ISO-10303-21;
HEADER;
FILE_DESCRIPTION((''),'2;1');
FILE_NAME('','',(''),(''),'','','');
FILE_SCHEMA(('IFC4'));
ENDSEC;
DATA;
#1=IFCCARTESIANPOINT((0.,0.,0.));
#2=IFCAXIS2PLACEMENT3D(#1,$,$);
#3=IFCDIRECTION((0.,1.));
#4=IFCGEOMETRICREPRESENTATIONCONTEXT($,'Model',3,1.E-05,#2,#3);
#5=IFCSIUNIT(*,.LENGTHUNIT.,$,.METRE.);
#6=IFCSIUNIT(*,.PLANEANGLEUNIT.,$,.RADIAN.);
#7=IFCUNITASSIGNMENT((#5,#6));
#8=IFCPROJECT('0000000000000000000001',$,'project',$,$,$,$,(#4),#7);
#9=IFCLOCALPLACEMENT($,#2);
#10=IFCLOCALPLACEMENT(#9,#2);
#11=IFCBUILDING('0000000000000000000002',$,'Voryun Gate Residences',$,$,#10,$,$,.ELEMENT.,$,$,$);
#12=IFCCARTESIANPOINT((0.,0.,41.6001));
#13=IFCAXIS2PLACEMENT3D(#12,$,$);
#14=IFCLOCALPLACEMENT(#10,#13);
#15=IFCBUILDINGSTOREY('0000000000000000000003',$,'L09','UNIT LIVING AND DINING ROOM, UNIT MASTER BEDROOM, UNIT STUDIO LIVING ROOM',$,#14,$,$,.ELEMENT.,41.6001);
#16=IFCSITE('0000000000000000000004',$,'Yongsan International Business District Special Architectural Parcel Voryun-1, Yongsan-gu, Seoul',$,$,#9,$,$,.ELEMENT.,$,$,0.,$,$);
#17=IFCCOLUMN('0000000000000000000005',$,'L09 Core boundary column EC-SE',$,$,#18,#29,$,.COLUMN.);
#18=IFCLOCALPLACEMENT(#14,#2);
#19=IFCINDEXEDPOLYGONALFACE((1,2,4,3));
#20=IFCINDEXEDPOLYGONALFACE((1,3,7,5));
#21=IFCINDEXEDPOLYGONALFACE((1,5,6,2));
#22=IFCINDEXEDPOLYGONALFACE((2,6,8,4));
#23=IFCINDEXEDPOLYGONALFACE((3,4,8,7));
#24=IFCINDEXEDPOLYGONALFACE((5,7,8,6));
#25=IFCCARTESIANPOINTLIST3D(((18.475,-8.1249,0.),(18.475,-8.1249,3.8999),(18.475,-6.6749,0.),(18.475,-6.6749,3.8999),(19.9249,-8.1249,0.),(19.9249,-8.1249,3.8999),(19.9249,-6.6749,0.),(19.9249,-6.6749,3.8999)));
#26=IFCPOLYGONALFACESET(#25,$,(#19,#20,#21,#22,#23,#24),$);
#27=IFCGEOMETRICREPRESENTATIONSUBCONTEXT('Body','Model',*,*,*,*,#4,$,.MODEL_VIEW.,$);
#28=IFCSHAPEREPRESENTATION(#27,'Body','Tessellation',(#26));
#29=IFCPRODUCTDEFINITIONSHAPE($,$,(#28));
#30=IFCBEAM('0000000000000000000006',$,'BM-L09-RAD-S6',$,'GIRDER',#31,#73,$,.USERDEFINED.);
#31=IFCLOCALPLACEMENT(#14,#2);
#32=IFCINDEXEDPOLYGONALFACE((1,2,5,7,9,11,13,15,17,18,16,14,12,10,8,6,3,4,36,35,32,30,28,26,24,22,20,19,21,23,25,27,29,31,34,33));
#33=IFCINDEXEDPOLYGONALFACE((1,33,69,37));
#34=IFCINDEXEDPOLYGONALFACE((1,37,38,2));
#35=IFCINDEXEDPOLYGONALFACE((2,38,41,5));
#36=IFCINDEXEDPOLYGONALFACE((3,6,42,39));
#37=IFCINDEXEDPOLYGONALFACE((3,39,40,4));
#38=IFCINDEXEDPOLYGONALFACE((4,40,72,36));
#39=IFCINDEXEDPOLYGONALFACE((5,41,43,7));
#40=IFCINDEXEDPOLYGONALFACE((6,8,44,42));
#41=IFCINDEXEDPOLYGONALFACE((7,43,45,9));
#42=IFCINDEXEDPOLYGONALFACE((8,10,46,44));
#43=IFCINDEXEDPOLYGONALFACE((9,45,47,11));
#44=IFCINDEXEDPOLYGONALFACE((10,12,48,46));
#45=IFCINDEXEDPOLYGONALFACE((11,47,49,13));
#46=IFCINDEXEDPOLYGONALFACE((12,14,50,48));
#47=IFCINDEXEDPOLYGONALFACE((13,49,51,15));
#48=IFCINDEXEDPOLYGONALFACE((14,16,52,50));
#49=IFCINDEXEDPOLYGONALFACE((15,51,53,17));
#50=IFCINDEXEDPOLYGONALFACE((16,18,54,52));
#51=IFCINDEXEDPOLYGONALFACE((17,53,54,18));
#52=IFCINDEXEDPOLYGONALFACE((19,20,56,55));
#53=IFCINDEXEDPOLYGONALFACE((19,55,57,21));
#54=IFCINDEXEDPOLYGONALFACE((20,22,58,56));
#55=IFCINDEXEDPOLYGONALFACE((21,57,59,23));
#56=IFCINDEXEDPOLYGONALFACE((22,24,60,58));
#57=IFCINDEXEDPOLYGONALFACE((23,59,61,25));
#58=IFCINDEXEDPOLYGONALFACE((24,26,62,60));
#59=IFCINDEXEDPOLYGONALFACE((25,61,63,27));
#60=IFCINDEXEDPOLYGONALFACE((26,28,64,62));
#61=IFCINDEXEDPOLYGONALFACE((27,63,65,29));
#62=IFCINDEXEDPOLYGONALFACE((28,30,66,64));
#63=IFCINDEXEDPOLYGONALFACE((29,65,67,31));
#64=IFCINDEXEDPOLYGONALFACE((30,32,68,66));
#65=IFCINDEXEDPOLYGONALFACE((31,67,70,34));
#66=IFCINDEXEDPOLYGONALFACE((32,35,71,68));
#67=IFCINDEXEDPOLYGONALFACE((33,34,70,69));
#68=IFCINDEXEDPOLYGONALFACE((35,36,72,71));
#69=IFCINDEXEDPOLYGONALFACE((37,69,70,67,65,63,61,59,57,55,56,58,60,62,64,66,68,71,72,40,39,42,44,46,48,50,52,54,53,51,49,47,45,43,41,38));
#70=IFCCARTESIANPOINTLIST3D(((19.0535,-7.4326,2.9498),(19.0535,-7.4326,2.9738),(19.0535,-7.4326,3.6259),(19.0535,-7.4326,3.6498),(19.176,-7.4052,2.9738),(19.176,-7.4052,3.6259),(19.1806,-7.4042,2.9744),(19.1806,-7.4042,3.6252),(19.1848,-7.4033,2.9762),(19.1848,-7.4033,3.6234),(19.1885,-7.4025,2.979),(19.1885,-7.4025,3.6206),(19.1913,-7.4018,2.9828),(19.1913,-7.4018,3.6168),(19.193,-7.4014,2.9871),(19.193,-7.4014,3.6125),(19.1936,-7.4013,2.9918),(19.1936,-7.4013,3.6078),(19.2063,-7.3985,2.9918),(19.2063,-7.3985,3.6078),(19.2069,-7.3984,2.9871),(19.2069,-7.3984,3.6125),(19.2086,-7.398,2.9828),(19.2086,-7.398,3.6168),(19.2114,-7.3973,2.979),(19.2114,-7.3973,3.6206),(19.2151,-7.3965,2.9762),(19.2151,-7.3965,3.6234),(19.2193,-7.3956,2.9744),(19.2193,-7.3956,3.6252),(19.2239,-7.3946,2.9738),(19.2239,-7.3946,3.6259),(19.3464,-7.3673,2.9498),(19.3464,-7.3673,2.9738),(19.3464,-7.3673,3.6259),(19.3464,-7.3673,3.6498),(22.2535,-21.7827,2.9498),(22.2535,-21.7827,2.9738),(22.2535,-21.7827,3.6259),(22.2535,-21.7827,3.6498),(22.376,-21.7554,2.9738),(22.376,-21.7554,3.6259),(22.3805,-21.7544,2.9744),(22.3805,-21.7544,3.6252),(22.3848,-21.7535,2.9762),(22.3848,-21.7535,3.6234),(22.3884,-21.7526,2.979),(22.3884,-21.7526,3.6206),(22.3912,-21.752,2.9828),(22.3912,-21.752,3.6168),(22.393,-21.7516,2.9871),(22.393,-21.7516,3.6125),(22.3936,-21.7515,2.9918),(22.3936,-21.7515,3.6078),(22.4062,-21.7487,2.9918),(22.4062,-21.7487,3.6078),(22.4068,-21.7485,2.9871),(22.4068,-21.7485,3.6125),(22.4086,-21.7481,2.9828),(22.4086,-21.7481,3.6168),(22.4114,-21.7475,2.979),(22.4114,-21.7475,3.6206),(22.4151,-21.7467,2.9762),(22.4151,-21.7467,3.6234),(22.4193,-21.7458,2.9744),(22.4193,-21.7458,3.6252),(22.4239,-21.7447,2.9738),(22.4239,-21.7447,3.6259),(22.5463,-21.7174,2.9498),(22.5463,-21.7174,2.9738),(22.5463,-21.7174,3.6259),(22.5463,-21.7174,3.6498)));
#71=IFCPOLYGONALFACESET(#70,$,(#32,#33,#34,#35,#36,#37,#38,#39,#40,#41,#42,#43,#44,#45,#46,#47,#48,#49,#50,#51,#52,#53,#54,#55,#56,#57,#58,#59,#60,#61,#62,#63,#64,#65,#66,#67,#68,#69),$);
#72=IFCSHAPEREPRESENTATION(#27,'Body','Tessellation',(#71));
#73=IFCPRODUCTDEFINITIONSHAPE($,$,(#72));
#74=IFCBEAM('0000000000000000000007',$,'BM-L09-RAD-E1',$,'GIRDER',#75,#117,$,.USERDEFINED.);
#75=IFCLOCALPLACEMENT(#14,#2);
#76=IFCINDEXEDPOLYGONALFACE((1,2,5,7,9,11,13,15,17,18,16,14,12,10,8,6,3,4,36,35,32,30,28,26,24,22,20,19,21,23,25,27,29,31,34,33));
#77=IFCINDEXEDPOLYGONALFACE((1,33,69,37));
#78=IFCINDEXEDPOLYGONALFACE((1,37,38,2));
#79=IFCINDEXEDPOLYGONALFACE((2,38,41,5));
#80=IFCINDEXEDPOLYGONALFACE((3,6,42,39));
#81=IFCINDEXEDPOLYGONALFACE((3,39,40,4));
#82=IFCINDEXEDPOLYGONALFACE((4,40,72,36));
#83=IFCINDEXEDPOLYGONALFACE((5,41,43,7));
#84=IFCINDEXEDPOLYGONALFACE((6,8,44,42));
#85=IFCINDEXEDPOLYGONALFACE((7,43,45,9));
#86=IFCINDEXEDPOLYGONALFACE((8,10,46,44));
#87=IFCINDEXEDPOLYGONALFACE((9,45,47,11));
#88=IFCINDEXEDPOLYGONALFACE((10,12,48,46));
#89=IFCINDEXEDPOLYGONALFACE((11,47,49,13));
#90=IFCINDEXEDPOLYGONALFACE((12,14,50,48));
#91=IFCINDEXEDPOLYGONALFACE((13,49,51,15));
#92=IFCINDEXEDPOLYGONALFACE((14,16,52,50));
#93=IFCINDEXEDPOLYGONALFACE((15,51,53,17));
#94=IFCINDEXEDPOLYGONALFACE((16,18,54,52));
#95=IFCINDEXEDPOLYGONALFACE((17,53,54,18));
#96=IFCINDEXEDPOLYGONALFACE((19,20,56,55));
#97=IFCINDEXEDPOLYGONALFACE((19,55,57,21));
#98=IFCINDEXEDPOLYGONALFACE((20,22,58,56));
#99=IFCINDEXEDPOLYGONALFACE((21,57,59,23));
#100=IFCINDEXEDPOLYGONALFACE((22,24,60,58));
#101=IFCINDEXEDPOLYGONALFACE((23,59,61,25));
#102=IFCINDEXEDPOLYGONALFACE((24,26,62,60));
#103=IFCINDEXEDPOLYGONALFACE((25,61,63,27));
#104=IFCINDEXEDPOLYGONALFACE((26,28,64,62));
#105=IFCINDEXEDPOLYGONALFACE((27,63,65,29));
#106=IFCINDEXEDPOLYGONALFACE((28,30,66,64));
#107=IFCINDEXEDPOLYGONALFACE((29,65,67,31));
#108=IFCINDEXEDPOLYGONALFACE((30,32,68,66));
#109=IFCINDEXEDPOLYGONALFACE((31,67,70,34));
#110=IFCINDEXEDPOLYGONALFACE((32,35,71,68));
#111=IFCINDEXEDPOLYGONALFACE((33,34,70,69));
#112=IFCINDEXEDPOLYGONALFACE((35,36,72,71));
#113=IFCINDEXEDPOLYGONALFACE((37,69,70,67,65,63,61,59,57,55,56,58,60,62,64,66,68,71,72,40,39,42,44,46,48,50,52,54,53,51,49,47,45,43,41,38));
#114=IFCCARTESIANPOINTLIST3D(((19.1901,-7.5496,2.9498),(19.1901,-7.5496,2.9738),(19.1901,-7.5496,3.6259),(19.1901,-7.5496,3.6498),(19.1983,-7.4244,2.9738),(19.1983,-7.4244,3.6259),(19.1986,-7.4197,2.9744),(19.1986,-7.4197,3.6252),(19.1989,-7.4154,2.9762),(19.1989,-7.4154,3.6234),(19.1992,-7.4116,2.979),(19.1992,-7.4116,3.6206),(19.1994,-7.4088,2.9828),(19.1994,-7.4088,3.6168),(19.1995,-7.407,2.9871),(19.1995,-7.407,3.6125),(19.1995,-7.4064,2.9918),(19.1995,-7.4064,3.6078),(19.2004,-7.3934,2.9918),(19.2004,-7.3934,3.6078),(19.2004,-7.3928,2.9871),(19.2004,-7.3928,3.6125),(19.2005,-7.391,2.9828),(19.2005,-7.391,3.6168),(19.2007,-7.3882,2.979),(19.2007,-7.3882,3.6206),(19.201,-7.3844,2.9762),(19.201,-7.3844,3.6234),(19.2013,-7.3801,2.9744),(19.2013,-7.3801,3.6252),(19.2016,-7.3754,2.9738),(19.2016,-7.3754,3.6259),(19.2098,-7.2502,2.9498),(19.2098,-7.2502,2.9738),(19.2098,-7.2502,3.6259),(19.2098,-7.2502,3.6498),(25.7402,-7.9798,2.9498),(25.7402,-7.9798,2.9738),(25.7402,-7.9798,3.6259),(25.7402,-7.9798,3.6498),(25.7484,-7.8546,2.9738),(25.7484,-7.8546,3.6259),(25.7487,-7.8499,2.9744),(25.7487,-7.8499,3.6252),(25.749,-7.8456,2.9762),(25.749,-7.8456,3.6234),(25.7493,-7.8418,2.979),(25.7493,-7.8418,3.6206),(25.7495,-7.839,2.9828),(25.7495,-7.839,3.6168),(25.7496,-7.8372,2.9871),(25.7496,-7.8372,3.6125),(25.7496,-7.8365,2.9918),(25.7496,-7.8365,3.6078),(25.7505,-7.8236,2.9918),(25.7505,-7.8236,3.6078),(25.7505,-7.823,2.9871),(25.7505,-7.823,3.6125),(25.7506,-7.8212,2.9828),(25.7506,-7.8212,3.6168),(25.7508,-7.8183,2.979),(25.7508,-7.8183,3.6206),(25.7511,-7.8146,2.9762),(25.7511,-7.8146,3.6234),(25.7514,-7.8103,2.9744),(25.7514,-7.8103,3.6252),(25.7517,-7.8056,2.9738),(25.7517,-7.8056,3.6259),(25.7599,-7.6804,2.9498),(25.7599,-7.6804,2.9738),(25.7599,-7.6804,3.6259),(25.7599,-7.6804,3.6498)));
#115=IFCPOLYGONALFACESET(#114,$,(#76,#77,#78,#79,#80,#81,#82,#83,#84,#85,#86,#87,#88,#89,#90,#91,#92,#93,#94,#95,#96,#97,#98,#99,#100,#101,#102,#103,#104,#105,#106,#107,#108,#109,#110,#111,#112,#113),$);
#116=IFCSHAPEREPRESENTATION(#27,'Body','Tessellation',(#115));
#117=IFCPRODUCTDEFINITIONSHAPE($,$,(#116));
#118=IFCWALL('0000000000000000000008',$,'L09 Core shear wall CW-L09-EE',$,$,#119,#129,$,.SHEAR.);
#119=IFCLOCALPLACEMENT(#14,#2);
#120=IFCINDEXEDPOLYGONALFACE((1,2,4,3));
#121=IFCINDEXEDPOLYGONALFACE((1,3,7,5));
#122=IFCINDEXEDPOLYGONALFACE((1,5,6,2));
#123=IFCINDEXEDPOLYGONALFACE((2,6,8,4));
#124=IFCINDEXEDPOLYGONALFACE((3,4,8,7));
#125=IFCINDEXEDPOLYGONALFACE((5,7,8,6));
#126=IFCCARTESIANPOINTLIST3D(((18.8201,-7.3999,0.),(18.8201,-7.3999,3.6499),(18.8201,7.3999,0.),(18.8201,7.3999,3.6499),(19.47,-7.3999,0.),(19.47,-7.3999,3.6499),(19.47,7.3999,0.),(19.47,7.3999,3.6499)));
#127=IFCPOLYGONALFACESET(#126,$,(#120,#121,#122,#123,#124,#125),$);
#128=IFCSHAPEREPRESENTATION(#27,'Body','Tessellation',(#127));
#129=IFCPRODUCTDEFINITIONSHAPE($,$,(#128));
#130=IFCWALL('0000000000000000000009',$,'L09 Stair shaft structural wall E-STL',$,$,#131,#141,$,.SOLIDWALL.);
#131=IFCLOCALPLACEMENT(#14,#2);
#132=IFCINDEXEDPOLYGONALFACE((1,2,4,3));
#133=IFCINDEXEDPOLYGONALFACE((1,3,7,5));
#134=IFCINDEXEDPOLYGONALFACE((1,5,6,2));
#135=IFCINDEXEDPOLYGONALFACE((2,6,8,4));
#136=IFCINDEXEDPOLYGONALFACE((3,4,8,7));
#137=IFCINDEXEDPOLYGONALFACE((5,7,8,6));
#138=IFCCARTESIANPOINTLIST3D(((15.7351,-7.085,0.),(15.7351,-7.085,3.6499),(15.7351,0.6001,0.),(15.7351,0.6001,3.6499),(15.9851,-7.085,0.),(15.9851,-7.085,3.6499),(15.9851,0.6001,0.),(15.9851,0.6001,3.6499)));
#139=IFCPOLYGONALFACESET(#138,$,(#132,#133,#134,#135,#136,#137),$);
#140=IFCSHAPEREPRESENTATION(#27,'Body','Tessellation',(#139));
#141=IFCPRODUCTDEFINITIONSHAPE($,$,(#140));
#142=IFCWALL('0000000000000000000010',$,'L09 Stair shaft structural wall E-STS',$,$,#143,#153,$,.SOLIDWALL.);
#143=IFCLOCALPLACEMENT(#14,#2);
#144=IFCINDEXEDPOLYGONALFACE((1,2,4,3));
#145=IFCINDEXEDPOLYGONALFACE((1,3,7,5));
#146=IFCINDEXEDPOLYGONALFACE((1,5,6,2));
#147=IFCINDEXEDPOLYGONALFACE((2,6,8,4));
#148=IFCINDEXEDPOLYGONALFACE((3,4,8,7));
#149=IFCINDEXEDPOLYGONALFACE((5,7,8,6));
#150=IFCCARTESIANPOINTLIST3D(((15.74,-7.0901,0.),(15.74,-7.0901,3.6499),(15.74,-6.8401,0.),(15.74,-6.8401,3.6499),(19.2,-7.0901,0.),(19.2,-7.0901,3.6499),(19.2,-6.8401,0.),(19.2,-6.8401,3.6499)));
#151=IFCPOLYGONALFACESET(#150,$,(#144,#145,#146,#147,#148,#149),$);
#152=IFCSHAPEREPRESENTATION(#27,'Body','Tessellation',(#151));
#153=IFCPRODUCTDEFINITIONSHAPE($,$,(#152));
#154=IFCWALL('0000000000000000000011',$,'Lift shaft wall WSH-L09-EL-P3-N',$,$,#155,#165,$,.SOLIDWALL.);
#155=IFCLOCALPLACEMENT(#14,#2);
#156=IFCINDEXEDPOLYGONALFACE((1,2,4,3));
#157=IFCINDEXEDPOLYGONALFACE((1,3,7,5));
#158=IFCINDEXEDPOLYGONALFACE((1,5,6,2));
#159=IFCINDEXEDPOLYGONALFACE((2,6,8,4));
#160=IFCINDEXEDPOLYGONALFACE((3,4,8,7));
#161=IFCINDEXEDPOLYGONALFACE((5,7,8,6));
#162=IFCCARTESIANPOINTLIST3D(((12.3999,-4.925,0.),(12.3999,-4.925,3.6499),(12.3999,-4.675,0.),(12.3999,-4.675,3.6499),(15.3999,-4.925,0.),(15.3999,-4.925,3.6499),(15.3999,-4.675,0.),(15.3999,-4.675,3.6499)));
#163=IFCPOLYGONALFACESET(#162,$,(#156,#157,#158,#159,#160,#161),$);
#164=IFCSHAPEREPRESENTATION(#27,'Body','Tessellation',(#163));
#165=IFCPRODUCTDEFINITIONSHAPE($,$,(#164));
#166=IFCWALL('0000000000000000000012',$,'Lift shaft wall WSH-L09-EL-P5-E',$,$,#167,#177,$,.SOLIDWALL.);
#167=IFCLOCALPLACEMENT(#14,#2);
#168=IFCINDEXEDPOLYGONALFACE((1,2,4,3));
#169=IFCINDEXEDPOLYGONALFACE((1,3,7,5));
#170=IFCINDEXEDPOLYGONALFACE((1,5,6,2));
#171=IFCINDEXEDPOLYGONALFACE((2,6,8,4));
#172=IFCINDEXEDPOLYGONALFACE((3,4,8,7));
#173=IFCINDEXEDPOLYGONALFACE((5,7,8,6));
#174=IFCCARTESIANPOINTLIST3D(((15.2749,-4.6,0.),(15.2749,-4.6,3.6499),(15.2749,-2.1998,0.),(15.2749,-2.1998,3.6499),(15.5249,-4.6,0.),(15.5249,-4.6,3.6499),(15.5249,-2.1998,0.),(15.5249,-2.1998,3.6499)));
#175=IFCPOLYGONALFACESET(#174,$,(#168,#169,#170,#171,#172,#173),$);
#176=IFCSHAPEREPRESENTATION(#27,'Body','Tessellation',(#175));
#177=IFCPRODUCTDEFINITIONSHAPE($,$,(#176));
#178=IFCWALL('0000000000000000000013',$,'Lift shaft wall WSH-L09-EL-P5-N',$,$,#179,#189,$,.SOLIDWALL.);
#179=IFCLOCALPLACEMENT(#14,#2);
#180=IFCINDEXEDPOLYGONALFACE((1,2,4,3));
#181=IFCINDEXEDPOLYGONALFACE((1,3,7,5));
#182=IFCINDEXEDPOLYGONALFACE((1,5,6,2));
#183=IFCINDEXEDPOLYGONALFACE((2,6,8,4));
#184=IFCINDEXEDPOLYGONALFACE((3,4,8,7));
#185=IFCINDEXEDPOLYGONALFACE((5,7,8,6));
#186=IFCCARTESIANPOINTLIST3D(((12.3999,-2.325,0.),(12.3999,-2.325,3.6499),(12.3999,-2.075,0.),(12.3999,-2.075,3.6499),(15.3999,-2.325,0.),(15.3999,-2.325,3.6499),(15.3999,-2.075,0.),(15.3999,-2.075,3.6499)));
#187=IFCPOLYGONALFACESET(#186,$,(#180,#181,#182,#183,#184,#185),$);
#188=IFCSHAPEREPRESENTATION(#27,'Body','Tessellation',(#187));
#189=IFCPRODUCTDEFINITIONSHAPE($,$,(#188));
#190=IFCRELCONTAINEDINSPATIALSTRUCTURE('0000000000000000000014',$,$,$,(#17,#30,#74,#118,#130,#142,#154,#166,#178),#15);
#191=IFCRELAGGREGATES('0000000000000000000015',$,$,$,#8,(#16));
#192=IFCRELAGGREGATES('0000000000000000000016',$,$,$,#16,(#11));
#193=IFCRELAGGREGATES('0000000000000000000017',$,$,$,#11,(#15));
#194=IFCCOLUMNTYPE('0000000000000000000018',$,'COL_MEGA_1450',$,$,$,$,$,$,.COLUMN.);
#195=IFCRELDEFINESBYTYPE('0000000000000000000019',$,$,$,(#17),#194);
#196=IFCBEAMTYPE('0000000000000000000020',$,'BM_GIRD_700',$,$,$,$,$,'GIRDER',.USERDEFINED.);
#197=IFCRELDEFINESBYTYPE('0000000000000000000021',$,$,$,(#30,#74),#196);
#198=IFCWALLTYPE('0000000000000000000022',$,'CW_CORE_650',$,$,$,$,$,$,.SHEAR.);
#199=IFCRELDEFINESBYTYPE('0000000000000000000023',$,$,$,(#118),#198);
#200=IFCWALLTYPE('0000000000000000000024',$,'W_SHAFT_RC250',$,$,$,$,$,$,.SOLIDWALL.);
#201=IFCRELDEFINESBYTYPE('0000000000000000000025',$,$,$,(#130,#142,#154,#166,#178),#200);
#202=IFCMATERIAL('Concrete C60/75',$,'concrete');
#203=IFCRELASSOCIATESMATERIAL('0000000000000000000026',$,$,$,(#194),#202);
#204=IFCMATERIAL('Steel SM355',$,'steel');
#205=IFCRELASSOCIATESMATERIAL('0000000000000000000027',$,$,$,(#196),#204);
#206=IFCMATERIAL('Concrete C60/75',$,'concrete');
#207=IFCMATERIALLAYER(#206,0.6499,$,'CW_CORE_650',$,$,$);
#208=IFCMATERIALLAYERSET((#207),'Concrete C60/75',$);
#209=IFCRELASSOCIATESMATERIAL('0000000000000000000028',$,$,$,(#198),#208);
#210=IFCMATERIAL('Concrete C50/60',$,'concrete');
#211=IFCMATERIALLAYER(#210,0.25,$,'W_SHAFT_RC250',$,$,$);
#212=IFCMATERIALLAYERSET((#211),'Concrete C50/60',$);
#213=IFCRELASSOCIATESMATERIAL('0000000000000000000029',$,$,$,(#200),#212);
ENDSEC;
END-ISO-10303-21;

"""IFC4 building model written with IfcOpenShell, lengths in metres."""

from ifc_helpers import new_model, si_unit, direction, frame, frame_2d, origin, origin_2d, place, context, subcontext, project, spatial, rectangle, i_section, extrude, material, layer, layer_set, material_profile, profile_set, type_object, element, save


model = new_model("IFC4")

# Units and contexts
model_context = context("Model", 3, precision=1e-05, world=origin(), true_north=direction((0.0, 1.0)))
body_context = subcontext(model_context, "Body", "Model", "MODEL_VIEW")
ifc_project = project(units=[si_unit("LENGTHUNIT", "METRE"), si_unit("PLANEANGLEUNIT", "RADIAN")], contexts=[model_context])

# Site, building, storey
site_placement = place(None, origin())
site = spatial("IfcSite", under=ifc_project, at=site_placement, Name="Yongsan International Business District Special Architectural Parcel Voryun-1, Yongsan-gu, Seoul", CompositionType="ELEMENT", RefElevation=0.0)
building_placement = place(site_placement, origin())
building = spatial("IfcBuilding", under=site, at=building_placement, Name="Voryun Gate Residences", CompositionType="ELEMENT")
storey_placement = place(building_placement, frame((0.0, 0.0, 41.6001)))
storey = spatial("IfcBuildingStorey", under=building, at=storey_placement, Name="L09", Description="UNIT LIVING AND DINING ROOM, UNIT MASTER BEDROOM, UNIT STUDIO LIVING ROOM", CompositionType="ELEMENT", Elevation=41.6001)

# Column
ifc_material_1 = material(Name="Concrete C60/75", Category="concrete")
ifc_material_profile_1 = material_profile(ifc_material_1, rectangle(XDim=1.45, YDim=1.45, at=origin_2d()), Name="RC-1450x1450")
ifc_profile_set_1 = profile_set([ifc_material_profile_1], Name="Concrete C60/75")
column_type = type_object("IfcColumnType", Name="COL_MEGA_1450", PredefinedType="COLUMN", material=ifc_profile_set_1)
column_placement = place(storey_placement, frame((19.2, -7.3999, 0.0), z_axis=(0.0, 0.0, 1.0), x_axis=(1.0, 0.0, 0.0)))
element("IfcColumn", 1, at=column_placement, inside=storey, type_object=column_type, Name="L09 Core boundary column EC-SE", PredefinedType="COLUMN", context=body_context, shape_type="SweptSolid", body=[
    extrude(rectangle(XDim=1.45, YDim=1.45, at=origin_2d()), origin(), (0.0, 0.0, 1.0), 3.8999),
])

# Beams
ifc_material_2 = material(Name="Steel SM355", Category="steel")
ifc_material_profile_2 = material_profile(ifc_material_2, i_section(OverallWidth=0.3, OverallDepth=0.7, WebThickness=0.0129, FlangeThickness=0.0239, FilletRadius=0.0181, at=origin_2d()), Name="H-700x300x13x24")
ifc_profile_set_2 = profile_set([ifc_material_profile_2], Name="Steel SM355")
beam_type = type_object("IfcBeamType", Name="BM_GIRD_700", ElementType="GIRDER", PredefinedType="USERDEFINED", material=ifc_profile_set_2)
beam_1_placement = place(storey_placement, frame((19.2, -7.3999, 3.2998), z_axis=(0.217646, -0.976028, 0.0), x_axis=(0.976028, 0.217646, 0.0)))
element("IfcBeam", 2, at=beam_1_placement, inside=storey, type_object=beam_type, Name="BM-L09-RAD-S6", ObjectType="GIRDER", PredefinedType="USERDEFINED", context=body_context, shape_type="SweptSolid", body=[
    extrude(i_section(OverallWidth=0.3, OverallDepth=0.7, WebThickness=0.0129, FlangeThickness=0.0239, FilletRadius=0.0181, at=origin_2d()), origin(), (0.0, 0.0, 1.0), 14.7026),
])
beam_2_placement = place(storey_placement, frame((19.2, -7.3999, 3.2998), z_axis=(0.99785, -0.065534, 0.0), x_axis=(0.065534, 0.99785, 0.0)))
element("IfcBeam", 3, at=beam_2_placement, inside=storey, type_object=beam_type, Name="BM-L09-RAD-E1", ObjectType="GIRDER", PredefinedType="USERDEFINED", context=body_context, shape_type="SweptSolid", body=[
    extrude(i_section(OverallWidth=0.3, OverallDepth=0.7, WebThickness=0.0129, FlangeThickness=0.0239, FilletRadius=0.0181, at=origin_2d()), origin(), (0.0, 0.0, 1.0), 6.5642),
])

# Walls
ifc_material_3 = material(Name="Concrete C60/75", Category="concrete")
ifc_layer_1 = layer(ifc_material_3, 0.6499, Name="CW_CORE_650")
ifc_layer_set_1 = layer_set([ifc_layer_1], Name="Concrete C60/75")
wall_type_1 = type_object("IfcWallType", Name="CW_CORE_650", PredefinedType="SHEAR", material=ifc_layer_set_1)
wall_1_placement = place(storey_placement, frame((19.145, -7.3999, 0.0), z_axis=(0.0, 0.0, 1.0), x_axis=(0.0, 1.0, 0.0)))
element("IfcWall", 4, at=wall_1_placement, inside=storey, type_object=wall_type_1, Name="L09 Core shear wall CW-L09-EE", PredefinedType="SHEAR", context=body_context, shape_type="SweptSolid", body=[
    extrude(rectangle(XDim=14.7998, YDim=0.6499, at=frame_2d((7.3999, 0.0))), origin(), (0.0, 0.0, 1.0), 3.6499),
])
ifc_material_4 = material(Name="Concrete C50/60", Category="concrete")
ifc_layer_2 = layer(ifc_material_4, 0.25, Name="W_SHAFT_RC250")
ifc_layer_set_2 = layer_set([ifc_layer_2], Name="Concrete C50/60")
wall_type_2 = type_object("IfcWallType", Name="W_SHAFT_RC250", PredefinedType="SOLIDWALL", material=ifc_layer_set_2)
wall_2_placement = place(storey_placement, frame((15.8601, -7.085, 0.0), z_axis=(0.0, 0.0, 1.0), x_axis=(0.0, 1.0, 0.0)))
element("IfcWall", 5, at=wall_2_placement, inside=storey, type_object=wall_type_2, Name="L09 Stair shaft structural wall E-STL", PredefinedType="SOLIDWALL", context=body_context, shape_type="SweptSolid", body=[
    extrude(rectangle(XDim=7.6851, YDim=0.25, at=frame_2d((3.8425, 0.0))), origin(), (0.0, 0.0, 1.0), 3.6499),
])
wall_3_placement = place(storey_placement, frame((15.74, -6.9651, 0.0), z_axis=(0.0, 0.0, 1.0), x_axis=(1.0, 0.0, 0.0)))
element("IfcWall", 6, at=wall_3_placement, inside=storey, type_object=wall_type_2, Name="L09 Stair shaft structural wall E-STS", PredefinedType="SOLIDWALL", context=body_context, shape_type="SweptSolid", body=[
    extrude(rectangle(XDim=3.46, YDim=0.25, at=frame_2d((1.73, 0.0))), origin(), (0.0, 0.0, 1.0), 3.6499),
])
wall_4_placement = place(storey_placement, frame((15.3999, -4.8, 0.0), z_axis=(0.0, 0.0, 1.0), x_axis=(-1.0, 0.0, 0.0)))
element("IfcWall", 7, at=wall_4_placement, inside=storey, type_object=wall_type_2, Name="Lift shaft wall WSH-L09-EL-P3-N", PredefinedType="SOLIDWALL", context=body_context, shape_type="SweptSolid", body=[
    extrude(rectangle(XDim=3.0, YDim=0.25, at=frame_2d((1.5, 0.0))), origin(), (0.0, 0.0, 1.0), 3.6499),
])
wall_5_placement = place(storey_placement, frame((15.3999, -4.6001, 0.0), z_axis=(0.0, 0.0, 1.0), x_axis=(0.0, 1.0, 0.0)))
element("IfcWall", 8, at=wall_5_placement, inside=storey, type_object=wall_type_2, Name="Lift shaft wall WSH-L09-EL-P5-E", PredefinedType="SOLIDWALL", context=body_context, shape_type="SweptSolid", body=[
    extrude(rectangle(XDim=2.4001, YDim=0.25, at=frame_2d((1.2002, 0.0))), origin(), (0.0, 0.0, 1.0), 3.6499),
])
wall_6_placement = place(storey_placement, frame((15.3999, -2.2, 0.0), z_axis=(0.0, 0.0, 1.0), x_axis=(-1.0, 0.0, 0.0)))
element("IfcWall", 9, at=wall_6_placement, inside=storey, type_object=wall_type_2, Name="Lift shaft wall WSH-L09-EL-P5-N", PredefinedType="SOLIDWALL", context=body_context, shape_type="SweptSolid", body=[
    extrude(rectangle(XDim=3.0, YDim=0.25, at=frame_2d((1.5, 0.0))), origin(), (0.0, 0.0, 1.0), 3.6499),
])

save(model, "model.ifc")
